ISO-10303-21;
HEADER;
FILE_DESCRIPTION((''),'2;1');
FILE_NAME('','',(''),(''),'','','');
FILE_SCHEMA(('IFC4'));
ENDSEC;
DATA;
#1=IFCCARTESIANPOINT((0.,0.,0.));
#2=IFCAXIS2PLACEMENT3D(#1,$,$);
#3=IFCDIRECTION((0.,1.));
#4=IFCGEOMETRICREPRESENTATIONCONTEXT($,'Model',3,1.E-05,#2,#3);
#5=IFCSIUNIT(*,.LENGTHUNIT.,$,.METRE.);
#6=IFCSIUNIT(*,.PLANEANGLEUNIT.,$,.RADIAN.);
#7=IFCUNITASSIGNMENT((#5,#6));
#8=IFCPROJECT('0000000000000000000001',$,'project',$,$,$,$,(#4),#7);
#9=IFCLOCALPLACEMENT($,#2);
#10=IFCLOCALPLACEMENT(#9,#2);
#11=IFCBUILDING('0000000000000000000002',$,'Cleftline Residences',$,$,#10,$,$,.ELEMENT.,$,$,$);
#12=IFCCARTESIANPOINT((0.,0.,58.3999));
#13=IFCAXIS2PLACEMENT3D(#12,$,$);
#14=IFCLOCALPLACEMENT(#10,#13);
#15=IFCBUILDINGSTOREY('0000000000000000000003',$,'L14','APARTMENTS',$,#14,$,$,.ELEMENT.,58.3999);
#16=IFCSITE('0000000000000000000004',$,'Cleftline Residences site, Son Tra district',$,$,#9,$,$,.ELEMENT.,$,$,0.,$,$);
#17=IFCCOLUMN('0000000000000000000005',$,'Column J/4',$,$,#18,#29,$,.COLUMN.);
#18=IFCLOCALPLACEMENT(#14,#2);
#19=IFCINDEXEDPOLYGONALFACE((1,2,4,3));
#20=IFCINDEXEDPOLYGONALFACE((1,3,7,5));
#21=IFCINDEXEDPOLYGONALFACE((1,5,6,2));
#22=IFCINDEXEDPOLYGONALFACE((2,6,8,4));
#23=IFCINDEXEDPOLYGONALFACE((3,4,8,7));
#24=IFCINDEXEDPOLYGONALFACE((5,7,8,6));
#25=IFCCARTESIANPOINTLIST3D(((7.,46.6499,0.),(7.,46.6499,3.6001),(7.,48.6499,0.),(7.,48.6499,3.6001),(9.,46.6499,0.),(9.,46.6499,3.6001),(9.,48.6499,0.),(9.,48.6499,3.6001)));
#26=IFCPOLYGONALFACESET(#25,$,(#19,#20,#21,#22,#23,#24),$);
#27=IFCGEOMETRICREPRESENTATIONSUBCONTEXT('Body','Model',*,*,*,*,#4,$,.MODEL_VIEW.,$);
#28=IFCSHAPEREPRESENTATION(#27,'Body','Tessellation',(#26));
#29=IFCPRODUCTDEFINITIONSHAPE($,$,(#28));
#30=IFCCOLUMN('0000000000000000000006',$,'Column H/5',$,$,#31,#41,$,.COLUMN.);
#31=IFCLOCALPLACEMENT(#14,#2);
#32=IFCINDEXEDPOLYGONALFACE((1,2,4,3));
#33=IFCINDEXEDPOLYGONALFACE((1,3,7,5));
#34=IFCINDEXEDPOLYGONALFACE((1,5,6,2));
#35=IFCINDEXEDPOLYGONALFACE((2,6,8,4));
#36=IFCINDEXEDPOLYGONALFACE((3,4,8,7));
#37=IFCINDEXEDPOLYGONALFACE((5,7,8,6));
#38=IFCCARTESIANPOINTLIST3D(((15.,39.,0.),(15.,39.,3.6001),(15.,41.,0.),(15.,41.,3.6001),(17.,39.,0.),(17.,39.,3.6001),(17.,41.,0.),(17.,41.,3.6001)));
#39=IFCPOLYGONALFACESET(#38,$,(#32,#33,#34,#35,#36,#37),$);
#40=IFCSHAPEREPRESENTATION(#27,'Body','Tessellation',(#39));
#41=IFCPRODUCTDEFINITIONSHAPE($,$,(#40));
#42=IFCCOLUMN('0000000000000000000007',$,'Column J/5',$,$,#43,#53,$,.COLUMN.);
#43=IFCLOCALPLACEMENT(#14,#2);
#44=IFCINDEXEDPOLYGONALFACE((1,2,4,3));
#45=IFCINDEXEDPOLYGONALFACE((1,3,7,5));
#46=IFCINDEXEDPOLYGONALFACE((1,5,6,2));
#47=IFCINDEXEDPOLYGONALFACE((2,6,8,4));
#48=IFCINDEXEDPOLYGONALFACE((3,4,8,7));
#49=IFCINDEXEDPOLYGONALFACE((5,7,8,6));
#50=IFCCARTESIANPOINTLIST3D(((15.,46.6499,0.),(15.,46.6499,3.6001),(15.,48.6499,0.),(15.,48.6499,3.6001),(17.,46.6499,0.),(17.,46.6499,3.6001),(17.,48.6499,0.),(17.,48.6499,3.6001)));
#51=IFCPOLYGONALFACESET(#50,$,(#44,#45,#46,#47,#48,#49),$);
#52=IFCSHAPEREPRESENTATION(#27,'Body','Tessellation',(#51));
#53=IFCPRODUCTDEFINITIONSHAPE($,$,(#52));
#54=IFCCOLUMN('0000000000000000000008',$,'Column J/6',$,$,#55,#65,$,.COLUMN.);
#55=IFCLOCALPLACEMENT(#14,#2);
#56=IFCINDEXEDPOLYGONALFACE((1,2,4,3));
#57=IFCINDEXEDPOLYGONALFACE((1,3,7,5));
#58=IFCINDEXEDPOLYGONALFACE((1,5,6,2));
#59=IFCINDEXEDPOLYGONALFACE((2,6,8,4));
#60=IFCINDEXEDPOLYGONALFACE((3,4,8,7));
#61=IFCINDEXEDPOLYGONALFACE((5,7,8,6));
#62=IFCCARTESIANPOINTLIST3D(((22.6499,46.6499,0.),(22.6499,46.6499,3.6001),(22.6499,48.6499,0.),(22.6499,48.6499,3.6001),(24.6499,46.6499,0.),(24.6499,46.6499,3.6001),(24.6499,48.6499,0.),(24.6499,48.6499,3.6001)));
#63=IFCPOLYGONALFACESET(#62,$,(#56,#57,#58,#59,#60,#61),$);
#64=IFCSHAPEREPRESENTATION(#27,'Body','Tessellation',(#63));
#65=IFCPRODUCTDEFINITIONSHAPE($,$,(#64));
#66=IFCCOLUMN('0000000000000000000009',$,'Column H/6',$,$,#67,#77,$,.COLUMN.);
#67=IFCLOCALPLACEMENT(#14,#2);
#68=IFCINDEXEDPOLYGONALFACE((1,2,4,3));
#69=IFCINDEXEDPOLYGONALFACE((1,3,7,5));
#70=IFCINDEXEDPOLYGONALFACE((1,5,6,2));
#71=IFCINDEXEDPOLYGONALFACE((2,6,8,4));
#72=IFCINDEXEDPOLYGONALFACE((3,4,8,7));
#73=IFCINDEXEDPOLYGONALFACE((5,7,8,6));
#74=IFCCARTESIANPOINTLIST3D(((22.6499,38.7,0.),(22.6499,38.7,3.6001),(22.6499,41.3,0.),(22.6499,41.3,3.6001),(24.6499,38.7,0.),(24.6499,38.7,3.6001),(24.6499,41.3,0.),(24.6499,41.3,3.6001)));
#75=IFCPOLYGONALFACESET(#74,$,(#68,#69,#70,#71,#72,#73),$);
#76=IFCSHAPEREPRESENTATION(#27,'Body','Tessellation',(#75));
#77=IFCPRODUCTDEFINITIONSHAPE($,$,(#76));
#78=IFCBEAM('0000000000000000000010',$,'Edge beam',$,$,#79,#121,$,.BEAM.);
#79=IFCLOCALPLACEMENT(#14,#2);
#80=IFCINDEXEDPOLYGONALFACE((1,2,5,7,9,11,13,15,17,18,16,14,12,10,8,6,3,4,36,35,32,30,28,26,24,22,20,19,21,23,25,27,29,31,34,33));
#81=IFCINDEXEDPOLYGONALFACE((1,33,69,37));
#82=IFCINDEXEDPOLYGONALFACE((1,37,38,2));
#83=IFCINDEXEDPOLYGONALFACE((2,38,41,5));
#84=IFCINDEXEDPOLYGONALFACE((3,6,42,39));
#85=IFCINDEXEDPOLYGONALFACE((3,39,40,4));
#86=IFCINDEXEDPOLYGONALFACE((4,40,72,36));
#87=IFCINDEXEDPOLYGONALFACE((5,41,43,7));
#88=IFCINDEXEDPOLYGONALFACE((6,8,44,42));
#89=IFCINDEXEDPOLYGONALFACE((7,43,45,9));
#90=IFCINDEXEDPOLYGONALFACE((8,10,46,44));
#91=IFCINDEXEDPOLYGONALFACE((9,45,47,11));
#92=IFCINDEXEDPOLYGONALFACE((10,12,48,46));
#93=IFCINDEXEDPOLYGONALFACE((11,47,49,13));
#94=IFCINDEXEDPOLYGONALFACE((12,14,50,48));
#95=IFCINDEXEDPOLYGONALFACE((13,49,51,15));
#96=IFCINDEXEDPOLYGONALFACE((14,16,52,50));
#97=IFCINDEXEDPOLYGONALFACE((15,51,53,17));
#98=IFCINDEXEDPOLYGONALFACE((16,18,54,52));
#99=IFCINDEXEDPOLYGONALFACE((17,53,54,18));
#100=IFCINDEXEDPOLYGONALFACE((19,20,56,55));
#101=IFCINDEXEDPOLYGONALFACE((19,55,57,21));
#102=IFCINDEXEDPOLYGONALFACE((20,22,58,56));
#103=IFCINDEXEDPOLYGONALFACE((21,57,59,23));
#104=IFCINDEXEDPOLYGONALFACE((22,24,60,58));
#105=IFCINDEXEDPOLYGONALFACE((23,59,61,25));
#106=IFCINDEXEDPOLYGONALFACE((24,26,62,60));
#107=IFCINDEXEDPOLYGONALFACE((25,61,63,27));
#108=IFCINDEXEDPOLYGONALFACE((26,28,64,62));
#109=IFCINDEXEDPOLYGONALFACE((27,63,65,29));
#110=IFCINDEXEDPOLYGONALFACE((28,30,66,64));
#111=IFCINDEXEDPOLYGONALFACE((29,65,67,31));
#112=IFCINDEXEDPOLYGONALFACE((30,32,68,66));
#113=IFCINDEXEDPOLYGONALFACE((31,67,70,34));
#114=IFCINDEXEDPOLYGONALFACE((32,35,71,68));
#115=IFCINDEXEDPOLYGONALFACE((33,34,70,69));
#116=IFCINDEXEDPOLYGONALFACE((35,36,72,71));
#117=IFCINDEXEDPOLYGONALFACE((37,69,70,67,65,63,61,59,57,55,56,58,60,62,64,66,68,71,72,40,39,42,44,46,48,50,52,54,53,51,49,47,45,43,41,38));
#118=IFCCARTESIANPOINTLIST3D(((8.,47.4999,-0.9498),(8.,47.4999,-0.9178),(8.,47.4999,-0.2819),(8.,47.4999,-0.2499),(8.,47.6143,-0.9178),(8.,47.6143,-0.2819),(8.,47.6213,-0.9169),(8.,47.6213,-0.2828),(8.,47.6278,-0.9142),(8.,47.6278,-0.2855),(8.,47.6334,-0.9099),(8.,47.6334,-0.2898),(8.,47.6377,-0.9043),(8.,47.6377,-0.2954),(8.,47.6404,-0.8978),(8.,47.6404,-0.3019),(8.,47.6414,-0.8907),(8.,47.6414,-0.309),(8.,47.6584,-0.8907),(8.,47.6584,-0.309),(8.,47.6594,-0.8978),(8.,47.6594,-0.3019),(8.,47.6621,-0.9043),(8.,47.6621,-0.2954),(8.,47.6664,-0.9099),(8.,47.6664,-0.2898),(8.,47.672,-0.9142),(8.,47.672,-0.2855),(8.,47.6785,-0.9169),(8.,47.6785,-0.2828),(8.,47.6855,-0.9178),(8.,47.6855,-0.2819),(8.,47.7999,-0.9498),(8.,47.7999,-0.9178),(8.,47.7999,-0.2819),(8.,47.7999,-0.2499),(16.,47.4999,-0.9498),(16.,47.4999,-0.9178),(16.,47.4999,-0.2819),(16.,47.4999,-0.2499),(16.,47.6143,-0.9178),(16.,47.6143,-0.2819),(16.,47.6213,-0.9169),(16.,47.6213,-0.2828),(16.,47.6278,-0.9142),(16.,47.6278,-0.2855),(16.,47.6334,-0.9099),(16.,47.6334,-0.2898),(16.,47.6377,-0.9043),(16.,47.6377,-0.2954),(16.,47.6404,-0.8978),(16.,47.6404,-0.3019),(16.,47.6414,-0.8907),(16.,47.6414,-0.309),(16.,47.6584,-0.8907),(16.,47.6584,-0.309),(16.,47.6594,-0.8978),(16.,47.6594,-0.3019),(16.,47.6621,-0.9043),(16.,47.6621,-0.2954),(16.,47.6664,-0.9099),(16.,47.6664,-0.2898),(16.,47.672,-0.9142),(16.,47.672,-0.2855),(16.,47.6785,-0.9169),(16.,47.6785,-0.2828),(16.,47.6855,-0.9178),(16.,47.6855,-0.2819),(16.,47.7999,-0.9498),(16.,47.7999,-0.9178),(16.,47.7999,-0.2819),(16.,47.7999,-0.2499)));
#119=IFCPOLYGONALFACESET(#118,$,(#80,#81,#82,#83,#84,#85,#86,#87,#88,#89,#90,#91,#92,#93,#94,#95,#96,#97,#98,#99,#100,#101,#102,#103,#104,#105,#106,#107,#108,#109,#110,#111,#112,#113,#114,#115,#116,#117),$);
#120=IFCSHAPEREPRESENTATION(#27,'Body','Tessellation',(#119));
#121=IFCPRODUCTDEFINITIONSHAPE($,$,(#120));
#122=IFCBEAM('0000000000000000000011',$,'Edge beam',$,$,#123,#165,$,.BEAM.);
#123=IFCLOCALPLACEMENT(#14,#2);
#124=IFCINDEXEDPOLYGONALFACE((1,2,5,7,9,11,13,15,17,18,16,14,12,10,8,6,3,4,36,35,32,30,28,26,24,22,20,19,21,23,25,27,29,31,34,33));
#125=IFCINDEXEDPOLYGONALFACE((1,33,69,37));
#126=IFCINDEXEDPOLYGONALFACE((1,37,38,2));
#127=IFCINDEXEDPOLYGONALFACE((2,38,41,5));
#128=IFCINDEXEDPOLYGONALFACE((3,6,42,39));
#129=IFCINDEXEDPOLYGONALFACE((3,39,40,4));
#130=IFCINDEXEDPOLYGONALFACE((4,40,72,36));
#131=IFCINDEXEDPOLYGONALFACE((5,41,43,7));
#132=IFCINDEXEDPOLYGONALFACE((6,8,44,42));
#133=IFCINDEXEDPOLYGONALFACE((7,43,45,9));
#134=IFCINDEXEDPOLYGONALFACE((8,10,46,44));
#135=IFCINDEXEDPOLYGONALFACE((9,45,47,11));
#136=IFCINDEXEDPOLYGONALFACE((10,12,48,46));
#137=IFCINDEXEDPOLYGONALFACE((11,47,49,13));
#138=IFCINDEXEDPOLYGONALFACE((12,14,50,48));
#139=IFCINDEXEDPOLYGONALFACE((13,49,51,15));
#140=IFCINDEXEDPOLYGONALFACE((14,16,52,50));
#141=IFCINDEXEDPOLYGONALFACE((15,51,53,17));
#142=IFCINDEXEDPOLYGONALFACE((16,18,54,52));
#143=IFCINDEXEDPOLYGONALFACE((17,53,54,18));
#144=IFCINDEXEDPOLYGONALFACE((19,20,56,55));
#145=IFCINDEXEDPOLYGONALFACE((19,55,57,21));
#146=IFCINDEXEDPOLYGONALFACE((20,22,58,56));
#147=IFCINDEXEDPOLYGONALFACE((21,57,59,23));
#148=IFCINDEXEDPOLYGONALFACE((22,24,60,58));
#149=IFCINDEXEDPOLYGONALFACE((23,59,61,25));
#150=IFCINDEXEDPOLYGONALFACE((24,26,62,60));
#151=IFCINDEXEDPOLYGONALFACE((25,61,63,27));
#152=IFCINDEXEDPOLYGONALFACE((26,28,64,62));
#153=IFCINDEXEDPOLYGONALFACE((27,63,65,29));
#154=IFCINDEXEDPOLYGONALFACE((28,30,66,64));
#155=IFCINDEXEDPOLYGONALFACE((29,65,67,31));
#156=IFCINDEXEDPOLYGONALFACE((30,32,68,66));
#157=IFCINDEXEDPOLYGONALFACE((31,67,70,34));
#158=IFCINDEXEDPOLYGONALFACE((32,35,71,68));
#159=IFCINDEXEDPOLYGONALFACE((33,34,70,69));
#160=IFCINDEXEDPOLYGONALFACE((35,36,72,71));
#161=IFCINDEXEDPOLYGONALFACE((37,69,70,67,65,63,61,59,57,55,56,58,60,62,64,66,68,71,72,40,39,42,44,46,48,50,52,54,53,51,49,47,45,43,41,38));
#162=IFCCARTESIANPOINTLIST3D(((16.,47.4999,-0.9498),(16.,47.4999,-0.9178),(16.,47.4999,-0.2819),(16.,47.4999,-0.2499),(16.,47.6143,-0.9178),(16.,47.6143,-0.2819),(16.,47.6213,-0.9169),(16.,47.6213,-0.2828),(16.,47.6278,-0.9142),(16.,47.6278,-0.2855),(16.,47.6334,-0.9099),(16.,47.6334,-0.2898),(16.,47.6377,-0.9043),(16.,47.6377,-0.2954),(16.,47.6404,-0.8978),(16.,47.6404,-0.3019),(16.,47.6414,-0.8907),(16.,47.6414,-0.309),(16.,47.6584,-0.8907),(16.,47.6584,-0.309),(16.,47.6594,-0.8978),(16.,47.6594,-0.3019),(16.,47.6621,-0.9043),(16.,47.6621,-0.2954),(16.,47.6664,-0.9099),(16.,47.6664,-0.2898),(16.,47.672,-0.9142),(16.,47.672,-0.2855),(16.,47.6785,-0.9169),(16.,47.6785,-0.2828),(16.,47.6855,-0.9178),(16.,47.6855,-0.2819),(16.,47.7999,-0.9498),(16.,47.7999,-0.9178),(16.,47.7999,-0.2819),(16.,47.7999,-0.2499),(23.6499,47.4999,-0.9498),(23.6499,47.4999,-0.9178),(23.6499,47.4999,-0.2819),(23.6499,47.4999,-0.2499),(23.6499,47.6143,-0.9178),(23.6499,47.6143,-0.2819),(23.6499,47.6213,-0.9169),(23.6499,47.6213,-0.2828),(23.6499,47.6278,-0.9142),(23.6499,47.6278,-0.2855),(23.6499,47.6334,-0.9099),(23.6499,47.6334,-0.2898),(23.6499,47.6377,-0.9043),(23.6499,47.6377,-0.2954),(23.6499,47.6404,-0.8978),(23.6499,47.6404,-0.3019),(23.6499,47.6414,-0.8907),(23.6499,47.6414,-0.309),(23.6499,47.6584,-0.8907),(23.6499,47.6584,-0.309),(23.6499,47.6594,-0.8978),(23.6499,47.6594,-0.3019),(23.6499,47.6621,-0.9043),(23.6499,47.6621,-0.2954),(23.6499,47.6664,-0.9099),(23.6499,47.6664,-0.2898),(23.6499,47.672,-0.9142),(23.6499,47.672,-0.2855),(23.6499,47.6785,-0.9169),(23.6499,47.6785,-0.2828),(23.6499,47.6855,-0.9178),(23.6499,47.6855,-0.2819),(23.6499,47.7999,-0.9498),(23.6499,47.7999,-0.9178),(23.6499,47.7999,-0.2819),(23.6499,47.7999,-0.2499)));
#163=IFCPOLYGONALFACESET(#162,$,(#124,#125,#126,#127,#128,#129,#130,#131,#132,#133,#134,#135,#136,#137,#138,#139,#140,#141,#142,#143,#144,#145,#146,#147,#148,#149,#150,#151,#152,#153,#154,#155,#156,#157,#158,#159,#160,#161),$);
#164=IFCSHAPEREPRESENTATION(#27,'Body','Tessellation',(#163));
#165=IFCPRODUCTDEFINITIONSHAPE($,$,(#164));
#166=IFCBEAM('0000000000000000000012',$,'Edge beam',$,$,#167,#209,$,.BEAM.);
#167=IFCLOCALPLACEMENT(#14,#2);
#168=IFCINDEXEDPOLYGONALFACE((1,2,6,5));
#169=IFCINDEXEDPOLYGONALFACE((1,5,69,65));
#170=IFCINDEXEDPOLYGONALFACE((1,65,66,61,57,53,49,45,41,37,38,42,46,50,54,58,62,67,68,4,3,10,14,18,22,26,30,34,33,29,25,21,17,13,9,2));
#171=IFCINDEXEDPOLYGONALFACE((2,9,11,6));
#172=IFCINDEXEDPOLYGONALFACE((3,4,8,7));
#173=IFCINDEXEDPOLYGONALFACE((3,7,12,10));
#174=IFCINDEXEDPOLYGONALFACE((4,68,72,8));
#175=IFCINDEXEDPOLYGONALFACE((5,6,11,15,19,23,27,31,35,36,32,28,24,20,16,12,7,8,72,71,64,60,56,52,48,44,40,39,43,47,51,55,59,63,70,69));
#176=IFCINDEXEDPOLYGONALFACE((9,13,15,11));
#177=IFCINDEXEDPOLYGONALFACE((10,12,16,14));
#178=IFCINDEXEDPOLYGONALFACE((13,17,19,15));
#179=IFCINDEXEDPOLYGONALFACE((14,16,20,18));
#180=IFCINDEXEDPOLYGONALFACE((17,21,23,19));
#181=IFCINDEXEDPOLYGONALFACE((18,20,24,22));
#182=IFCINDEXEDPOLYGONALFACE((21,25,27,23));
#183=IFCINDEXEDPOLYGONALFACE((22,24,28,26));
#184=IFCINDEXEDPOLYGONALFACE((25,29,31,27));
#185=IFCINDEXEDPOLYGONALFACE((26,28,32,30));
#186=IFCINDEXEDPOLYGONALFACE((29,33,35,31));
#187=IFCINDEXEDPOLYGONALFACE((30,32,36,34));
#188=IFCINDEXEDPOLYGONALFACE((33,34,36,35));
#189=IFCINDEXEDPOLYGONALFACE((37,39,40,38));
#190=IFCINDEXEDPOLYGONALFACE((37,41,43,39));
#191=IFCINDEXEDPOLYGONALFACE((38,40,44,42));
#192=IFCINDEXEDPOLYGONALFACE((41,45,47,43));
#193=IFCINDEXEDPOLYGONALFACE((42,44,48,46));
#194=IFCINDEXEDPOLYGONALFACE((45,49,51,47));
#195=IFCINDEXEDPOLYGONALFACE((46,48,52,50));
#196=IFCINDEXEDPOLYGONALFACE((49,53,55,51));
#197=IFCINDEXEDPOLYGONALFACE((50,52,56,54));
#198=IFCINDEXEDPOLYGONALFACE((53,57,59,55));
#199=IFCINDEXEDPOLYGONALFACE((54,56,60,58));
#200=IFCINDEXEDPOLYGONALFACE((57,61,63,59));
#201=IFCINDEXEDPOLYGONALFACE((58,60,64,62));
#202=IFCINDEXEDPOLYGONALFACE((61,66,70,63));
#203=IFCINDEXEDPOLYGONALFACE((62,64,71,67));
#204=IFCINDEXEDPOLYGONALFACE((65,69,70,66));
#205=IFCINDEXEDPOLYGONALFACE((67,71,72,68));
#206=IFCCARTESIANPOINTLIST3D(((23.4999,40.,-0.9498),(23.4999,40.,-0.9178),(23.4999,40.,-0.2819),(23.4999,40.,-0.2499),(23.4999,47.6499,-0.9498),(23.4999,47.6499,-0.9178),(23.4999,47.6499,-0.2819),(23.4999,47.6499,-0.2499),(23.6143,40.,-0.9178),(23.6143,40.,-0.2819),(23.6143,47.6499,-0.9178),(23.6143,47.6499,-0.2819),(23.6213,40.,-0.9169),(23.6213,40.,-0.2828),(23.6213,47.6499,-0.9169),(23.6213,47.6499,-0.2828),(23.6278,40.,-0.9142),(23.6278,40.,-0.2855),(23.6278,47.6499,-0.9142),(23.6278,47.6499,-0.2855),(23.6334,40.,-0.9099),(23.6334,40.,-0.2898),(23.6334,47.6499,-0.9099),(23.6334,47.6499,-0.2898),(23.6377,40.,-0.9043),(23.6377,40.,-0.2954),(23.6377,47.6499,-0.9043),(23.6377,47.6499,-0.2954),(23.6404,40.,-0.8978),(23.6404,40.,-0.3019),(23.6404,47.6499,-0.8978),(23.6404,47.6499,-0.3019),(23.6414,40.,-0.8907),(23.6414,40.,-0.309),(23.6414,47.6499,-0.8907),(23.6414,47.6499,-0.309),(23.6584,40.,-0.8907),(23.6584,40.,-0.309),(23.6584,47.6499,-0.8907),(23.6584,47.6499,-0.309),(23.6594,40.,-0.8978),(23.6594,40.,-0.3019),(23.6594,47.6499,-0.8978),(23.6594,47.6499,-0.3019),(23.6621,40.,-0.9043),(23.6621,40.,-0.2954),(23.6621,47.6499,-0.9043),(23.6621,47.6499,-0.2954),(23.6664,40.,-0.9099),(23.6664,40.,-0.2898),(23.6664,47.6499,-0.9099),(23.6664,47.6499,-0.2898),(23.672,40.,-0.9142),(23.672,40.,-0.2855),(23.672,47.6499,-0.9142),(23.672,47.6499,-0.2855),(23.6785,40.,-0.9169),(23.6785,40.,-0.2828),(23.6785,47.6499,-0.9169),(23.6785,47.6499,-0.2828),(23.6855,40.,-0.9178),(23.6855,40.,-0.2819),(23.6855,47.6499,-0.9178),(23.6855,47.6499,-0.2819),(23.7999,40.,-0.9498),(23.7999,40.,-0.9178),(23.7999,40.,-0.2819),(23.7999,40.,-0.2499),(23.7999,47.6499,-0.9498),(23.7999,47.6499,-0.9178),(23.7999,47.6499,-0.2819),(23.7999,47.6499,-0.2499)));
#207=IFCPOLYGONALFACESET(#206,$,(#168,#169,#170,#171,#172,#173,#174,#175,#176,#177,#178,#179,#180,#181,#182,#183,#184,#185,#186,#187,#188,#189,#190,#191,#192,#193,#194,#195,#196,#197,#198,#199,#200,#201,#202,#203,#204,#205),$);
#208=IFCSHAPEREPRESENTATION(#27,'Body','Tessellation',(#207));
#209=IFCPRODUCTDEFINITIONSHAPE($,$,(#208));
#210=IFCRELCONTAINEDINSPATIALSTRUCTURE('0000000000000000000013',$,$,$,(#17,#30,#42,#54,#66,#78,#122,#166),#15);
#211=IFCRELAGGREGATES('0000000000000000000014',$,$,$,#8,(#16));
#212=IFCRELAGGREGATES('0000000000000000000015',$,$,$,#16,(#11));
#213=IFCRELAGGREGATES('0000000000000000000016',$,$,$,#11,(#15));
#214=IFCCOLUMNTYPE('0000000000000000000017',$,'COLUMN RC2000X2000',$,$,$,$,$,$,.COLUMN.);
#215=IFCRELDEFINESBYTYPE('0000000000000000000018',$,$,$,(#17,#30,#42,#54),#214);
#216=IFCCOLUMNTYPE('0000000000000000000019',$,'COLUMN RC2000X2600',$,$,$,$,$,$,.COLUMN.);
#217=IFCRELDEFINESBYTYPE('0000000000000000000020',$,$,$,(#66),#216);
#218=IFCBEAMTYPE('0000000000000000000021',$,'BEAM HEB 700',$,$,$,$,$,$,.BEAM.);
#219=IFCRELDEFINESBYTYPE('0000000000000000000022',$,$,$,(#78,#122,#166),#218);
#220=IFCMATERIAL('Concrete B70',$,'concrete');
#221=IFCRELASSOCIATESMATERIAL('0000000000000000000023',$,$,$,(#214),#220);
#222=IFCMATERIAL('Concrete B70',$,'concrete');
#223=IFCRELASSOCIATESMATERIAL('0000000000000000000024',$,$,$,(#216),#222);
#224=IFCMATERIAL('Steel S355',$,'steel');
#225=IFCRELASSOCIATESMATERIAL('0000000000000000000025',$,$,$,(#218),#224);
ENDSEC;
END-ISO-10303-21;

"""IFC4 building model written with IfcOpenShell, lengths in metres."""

from ifc_helpers import new_model, si_unit, direction, frame, origin, origin_2d, place, context, subcontext, project, spatial, rectangle, i_section, extrude, material, material_profile, profile_set, type_object, element, save


model = new_model("IFC4")

# Units and contexts
model_context = context("Model", 3, precision=1e-05, world=origin(), true_north=direction((0.0, 1.0)))
body_context = subcontext(model_context, "Body", "Model", "MODEL_VIEW")
ifc_project = project(units=[si_unit("LENGTHUNIT", "METRE"), si_unit("PLANEANGLEUNIT", "RADIAN")], contexts=[model_context])

# Site, building, storey
site_placement = place(None, origin())
site = spatial("IfcSite", under=ifc_project, at=site_placement, Name="Cleftline Residences site, Son Tra district", CompositionType="ELEMENT", RefElevation=0.0)
building_placement = place(site_placement, origin())
building = spatial("IfcBuilding", under=site, at=building_placement, Name="Cleftline Residences", CompositionType="ELEMENT")
storey_placement = place(building_placement, frame((0.0, 0.0, 58.3999)))
storey = spatial("IfcBuildingStorey", under=building, at=storey_placement, Name="L14", Description="APARTMENTS", CompositionType="ELEMENT", Elevation=58.3999)

# Columns
ifc_material_1 = material(Name="Concrete B70", Category="concrete")
ifc_material_profile_1 = material_profile(ifc_material_1, rectangle(XDim=2.0, YDim=2.0, at=origin_2d()))
ifc_profile_set_1 = profile_set([ifc_material_profile_1], Name="Concrete B70")
column_type_1 = type_object("IfcColumnType", Name="COLUMN RC2000X2000", PredefinedType="COLUMN", material=ifc_profile_set_1)
for number, where, z_axis, x_axis, name in (
    (1, (8.0, 47.6499, 0.0), (0.0, 0.0, 1.0), (1.0, 0.0, 0.0), "Column J/4"),
    (2, (16.0, 40.0, 0.0), (0.0, 0.0, 1.0), (1.0, 0.0, 0.0), "Column H/5"),
    (3, (16.0, 47.6499, 0.0), (0.0, 0.0, 1.0), (1.0, 0.0, 0.0), "Column J/5"),
    (4, (23.6499, 47.6499, 0.0), (0.0, 0.0, 1.0), (1.0, 0.0, 0.0), "Column J/6"),
):
    element("IfcColumn", number, at=place(storey_placement, frame(where, z_axis=z_axis, x_axis=x_axis)), inside=storey, type_object=column_type_1, Name=name, PredefinedType="COLUMN", context=body_context, shape_type="SweptSolid", body=[
        extrude(rectangle(XDim=2.0, YDim=2.0, at=origin_2d()), origin(), (0.0, 0.0, 1.0), 3.6001),
    ])
ifc_material_2 = material(Name="Concrete B70", Category="concrete")
ifc_material_profile_2 = material_profile(ifc_material_2, rectangle(XDim=2.0, YDim=2.6001, at=origin_2d()))
ifc_profile_set_2 = profile_set([ifc_material_profile_2], Name="Concrete B70")
column_type_2 = type_object("IfcColumnType", Name="COLUMN RC2000X2600", PredefinedType="COLUMN", material=ifc_profile_set_2)
column_placement = place(storey_placement, frame((23.6499, 40.0, 0.0), z_axis=(0.0, 0.0, 1.0), x_axis=(1.0, 0.0, 0.0)))
element("IfcColumn", 5, at=column_placement, inside=storey, type_object=column_type_2, Name="Column H/6", PredefinedType="COLUMN", context=body_context, shape_type="SweptSolid", body=[
    extrude(rectangle(XDim=2.0, YDim=2.6001, at=origin_2d()), origin(), (0.0, 0.0, 1.0), 3.6001),
])

# Beams
ifc_material_3 = material(Name="Steel S355", Category="steel")
ifc_material_profile_3 = material_profile(ifc_material_3, i_section(OverallWidth=0.3, OverallDepth=0.7, WebThickness=0.0171, FlangeThickness=0.032, FilletRadius=0.0271, at=origin_2d()))
ifc_profile_set_3 = profile_set([ifc_material_profile_3], Name="Steel S355")
beam_type = type_object("IfcBeamType", Name="BEAM HEB 700", PredefinedType="BEAM", material=ifc_profile_set_3)
beam_placement = place(storey_placement, frame((8.0, 47.6499, -0.5999), z_axis=(1.0, 0.0, 0.0), x_axis=(0.0, 1.0, 0.0)))
element("IfcBeam", 6, at=beam_placement, inside=storey, type_object=beam_type, Name="Edge beam", PredefinedType="BEAM", context=body_context, shape_type="SweptSolid", body=[
    extrude(i_section(OverallWidth=0.3, OverallDepth=0.7, WebThickness=0.0171, FlangeThickness=0.032, FilletRadius=0.0271, at=origin_2d()), origin(), (0.0, 0.0, 1.0), 8.0),
])
for number, where, z_axis, x_axis, name in (
    (7, (16.0, 47.6499, -0.5999), (1.0, 0.0, 0.0), (0.0, 1.0, 0.0), "Edge beam"),
    (8, (23.6499, 47.6499, -0.5999), (0.0, -1.0, 0.0), (1.0, 0.0, 0.0), "Edge beam"),
):
    element("IfcBeam", number, at=place(storey_placement, frame(where, z_axis=z_axis, x_axis=x_axis)), inside=storey, type_object=beam_type, Name=name, PredefinedType="BEAM", context=body_context, shape_type="SweptSolid", body=[
        extrude(i_section(OverallWidth=0.3, OverallDepth=0.7, WebThickness=0.0171, FlangeThickness=0.032, FilletRadius=0.0271, at=origin_2d()), origin(), (0.0, 0.0, 1.0), 7.6499),
    ])

save(model, "model.ifc")
